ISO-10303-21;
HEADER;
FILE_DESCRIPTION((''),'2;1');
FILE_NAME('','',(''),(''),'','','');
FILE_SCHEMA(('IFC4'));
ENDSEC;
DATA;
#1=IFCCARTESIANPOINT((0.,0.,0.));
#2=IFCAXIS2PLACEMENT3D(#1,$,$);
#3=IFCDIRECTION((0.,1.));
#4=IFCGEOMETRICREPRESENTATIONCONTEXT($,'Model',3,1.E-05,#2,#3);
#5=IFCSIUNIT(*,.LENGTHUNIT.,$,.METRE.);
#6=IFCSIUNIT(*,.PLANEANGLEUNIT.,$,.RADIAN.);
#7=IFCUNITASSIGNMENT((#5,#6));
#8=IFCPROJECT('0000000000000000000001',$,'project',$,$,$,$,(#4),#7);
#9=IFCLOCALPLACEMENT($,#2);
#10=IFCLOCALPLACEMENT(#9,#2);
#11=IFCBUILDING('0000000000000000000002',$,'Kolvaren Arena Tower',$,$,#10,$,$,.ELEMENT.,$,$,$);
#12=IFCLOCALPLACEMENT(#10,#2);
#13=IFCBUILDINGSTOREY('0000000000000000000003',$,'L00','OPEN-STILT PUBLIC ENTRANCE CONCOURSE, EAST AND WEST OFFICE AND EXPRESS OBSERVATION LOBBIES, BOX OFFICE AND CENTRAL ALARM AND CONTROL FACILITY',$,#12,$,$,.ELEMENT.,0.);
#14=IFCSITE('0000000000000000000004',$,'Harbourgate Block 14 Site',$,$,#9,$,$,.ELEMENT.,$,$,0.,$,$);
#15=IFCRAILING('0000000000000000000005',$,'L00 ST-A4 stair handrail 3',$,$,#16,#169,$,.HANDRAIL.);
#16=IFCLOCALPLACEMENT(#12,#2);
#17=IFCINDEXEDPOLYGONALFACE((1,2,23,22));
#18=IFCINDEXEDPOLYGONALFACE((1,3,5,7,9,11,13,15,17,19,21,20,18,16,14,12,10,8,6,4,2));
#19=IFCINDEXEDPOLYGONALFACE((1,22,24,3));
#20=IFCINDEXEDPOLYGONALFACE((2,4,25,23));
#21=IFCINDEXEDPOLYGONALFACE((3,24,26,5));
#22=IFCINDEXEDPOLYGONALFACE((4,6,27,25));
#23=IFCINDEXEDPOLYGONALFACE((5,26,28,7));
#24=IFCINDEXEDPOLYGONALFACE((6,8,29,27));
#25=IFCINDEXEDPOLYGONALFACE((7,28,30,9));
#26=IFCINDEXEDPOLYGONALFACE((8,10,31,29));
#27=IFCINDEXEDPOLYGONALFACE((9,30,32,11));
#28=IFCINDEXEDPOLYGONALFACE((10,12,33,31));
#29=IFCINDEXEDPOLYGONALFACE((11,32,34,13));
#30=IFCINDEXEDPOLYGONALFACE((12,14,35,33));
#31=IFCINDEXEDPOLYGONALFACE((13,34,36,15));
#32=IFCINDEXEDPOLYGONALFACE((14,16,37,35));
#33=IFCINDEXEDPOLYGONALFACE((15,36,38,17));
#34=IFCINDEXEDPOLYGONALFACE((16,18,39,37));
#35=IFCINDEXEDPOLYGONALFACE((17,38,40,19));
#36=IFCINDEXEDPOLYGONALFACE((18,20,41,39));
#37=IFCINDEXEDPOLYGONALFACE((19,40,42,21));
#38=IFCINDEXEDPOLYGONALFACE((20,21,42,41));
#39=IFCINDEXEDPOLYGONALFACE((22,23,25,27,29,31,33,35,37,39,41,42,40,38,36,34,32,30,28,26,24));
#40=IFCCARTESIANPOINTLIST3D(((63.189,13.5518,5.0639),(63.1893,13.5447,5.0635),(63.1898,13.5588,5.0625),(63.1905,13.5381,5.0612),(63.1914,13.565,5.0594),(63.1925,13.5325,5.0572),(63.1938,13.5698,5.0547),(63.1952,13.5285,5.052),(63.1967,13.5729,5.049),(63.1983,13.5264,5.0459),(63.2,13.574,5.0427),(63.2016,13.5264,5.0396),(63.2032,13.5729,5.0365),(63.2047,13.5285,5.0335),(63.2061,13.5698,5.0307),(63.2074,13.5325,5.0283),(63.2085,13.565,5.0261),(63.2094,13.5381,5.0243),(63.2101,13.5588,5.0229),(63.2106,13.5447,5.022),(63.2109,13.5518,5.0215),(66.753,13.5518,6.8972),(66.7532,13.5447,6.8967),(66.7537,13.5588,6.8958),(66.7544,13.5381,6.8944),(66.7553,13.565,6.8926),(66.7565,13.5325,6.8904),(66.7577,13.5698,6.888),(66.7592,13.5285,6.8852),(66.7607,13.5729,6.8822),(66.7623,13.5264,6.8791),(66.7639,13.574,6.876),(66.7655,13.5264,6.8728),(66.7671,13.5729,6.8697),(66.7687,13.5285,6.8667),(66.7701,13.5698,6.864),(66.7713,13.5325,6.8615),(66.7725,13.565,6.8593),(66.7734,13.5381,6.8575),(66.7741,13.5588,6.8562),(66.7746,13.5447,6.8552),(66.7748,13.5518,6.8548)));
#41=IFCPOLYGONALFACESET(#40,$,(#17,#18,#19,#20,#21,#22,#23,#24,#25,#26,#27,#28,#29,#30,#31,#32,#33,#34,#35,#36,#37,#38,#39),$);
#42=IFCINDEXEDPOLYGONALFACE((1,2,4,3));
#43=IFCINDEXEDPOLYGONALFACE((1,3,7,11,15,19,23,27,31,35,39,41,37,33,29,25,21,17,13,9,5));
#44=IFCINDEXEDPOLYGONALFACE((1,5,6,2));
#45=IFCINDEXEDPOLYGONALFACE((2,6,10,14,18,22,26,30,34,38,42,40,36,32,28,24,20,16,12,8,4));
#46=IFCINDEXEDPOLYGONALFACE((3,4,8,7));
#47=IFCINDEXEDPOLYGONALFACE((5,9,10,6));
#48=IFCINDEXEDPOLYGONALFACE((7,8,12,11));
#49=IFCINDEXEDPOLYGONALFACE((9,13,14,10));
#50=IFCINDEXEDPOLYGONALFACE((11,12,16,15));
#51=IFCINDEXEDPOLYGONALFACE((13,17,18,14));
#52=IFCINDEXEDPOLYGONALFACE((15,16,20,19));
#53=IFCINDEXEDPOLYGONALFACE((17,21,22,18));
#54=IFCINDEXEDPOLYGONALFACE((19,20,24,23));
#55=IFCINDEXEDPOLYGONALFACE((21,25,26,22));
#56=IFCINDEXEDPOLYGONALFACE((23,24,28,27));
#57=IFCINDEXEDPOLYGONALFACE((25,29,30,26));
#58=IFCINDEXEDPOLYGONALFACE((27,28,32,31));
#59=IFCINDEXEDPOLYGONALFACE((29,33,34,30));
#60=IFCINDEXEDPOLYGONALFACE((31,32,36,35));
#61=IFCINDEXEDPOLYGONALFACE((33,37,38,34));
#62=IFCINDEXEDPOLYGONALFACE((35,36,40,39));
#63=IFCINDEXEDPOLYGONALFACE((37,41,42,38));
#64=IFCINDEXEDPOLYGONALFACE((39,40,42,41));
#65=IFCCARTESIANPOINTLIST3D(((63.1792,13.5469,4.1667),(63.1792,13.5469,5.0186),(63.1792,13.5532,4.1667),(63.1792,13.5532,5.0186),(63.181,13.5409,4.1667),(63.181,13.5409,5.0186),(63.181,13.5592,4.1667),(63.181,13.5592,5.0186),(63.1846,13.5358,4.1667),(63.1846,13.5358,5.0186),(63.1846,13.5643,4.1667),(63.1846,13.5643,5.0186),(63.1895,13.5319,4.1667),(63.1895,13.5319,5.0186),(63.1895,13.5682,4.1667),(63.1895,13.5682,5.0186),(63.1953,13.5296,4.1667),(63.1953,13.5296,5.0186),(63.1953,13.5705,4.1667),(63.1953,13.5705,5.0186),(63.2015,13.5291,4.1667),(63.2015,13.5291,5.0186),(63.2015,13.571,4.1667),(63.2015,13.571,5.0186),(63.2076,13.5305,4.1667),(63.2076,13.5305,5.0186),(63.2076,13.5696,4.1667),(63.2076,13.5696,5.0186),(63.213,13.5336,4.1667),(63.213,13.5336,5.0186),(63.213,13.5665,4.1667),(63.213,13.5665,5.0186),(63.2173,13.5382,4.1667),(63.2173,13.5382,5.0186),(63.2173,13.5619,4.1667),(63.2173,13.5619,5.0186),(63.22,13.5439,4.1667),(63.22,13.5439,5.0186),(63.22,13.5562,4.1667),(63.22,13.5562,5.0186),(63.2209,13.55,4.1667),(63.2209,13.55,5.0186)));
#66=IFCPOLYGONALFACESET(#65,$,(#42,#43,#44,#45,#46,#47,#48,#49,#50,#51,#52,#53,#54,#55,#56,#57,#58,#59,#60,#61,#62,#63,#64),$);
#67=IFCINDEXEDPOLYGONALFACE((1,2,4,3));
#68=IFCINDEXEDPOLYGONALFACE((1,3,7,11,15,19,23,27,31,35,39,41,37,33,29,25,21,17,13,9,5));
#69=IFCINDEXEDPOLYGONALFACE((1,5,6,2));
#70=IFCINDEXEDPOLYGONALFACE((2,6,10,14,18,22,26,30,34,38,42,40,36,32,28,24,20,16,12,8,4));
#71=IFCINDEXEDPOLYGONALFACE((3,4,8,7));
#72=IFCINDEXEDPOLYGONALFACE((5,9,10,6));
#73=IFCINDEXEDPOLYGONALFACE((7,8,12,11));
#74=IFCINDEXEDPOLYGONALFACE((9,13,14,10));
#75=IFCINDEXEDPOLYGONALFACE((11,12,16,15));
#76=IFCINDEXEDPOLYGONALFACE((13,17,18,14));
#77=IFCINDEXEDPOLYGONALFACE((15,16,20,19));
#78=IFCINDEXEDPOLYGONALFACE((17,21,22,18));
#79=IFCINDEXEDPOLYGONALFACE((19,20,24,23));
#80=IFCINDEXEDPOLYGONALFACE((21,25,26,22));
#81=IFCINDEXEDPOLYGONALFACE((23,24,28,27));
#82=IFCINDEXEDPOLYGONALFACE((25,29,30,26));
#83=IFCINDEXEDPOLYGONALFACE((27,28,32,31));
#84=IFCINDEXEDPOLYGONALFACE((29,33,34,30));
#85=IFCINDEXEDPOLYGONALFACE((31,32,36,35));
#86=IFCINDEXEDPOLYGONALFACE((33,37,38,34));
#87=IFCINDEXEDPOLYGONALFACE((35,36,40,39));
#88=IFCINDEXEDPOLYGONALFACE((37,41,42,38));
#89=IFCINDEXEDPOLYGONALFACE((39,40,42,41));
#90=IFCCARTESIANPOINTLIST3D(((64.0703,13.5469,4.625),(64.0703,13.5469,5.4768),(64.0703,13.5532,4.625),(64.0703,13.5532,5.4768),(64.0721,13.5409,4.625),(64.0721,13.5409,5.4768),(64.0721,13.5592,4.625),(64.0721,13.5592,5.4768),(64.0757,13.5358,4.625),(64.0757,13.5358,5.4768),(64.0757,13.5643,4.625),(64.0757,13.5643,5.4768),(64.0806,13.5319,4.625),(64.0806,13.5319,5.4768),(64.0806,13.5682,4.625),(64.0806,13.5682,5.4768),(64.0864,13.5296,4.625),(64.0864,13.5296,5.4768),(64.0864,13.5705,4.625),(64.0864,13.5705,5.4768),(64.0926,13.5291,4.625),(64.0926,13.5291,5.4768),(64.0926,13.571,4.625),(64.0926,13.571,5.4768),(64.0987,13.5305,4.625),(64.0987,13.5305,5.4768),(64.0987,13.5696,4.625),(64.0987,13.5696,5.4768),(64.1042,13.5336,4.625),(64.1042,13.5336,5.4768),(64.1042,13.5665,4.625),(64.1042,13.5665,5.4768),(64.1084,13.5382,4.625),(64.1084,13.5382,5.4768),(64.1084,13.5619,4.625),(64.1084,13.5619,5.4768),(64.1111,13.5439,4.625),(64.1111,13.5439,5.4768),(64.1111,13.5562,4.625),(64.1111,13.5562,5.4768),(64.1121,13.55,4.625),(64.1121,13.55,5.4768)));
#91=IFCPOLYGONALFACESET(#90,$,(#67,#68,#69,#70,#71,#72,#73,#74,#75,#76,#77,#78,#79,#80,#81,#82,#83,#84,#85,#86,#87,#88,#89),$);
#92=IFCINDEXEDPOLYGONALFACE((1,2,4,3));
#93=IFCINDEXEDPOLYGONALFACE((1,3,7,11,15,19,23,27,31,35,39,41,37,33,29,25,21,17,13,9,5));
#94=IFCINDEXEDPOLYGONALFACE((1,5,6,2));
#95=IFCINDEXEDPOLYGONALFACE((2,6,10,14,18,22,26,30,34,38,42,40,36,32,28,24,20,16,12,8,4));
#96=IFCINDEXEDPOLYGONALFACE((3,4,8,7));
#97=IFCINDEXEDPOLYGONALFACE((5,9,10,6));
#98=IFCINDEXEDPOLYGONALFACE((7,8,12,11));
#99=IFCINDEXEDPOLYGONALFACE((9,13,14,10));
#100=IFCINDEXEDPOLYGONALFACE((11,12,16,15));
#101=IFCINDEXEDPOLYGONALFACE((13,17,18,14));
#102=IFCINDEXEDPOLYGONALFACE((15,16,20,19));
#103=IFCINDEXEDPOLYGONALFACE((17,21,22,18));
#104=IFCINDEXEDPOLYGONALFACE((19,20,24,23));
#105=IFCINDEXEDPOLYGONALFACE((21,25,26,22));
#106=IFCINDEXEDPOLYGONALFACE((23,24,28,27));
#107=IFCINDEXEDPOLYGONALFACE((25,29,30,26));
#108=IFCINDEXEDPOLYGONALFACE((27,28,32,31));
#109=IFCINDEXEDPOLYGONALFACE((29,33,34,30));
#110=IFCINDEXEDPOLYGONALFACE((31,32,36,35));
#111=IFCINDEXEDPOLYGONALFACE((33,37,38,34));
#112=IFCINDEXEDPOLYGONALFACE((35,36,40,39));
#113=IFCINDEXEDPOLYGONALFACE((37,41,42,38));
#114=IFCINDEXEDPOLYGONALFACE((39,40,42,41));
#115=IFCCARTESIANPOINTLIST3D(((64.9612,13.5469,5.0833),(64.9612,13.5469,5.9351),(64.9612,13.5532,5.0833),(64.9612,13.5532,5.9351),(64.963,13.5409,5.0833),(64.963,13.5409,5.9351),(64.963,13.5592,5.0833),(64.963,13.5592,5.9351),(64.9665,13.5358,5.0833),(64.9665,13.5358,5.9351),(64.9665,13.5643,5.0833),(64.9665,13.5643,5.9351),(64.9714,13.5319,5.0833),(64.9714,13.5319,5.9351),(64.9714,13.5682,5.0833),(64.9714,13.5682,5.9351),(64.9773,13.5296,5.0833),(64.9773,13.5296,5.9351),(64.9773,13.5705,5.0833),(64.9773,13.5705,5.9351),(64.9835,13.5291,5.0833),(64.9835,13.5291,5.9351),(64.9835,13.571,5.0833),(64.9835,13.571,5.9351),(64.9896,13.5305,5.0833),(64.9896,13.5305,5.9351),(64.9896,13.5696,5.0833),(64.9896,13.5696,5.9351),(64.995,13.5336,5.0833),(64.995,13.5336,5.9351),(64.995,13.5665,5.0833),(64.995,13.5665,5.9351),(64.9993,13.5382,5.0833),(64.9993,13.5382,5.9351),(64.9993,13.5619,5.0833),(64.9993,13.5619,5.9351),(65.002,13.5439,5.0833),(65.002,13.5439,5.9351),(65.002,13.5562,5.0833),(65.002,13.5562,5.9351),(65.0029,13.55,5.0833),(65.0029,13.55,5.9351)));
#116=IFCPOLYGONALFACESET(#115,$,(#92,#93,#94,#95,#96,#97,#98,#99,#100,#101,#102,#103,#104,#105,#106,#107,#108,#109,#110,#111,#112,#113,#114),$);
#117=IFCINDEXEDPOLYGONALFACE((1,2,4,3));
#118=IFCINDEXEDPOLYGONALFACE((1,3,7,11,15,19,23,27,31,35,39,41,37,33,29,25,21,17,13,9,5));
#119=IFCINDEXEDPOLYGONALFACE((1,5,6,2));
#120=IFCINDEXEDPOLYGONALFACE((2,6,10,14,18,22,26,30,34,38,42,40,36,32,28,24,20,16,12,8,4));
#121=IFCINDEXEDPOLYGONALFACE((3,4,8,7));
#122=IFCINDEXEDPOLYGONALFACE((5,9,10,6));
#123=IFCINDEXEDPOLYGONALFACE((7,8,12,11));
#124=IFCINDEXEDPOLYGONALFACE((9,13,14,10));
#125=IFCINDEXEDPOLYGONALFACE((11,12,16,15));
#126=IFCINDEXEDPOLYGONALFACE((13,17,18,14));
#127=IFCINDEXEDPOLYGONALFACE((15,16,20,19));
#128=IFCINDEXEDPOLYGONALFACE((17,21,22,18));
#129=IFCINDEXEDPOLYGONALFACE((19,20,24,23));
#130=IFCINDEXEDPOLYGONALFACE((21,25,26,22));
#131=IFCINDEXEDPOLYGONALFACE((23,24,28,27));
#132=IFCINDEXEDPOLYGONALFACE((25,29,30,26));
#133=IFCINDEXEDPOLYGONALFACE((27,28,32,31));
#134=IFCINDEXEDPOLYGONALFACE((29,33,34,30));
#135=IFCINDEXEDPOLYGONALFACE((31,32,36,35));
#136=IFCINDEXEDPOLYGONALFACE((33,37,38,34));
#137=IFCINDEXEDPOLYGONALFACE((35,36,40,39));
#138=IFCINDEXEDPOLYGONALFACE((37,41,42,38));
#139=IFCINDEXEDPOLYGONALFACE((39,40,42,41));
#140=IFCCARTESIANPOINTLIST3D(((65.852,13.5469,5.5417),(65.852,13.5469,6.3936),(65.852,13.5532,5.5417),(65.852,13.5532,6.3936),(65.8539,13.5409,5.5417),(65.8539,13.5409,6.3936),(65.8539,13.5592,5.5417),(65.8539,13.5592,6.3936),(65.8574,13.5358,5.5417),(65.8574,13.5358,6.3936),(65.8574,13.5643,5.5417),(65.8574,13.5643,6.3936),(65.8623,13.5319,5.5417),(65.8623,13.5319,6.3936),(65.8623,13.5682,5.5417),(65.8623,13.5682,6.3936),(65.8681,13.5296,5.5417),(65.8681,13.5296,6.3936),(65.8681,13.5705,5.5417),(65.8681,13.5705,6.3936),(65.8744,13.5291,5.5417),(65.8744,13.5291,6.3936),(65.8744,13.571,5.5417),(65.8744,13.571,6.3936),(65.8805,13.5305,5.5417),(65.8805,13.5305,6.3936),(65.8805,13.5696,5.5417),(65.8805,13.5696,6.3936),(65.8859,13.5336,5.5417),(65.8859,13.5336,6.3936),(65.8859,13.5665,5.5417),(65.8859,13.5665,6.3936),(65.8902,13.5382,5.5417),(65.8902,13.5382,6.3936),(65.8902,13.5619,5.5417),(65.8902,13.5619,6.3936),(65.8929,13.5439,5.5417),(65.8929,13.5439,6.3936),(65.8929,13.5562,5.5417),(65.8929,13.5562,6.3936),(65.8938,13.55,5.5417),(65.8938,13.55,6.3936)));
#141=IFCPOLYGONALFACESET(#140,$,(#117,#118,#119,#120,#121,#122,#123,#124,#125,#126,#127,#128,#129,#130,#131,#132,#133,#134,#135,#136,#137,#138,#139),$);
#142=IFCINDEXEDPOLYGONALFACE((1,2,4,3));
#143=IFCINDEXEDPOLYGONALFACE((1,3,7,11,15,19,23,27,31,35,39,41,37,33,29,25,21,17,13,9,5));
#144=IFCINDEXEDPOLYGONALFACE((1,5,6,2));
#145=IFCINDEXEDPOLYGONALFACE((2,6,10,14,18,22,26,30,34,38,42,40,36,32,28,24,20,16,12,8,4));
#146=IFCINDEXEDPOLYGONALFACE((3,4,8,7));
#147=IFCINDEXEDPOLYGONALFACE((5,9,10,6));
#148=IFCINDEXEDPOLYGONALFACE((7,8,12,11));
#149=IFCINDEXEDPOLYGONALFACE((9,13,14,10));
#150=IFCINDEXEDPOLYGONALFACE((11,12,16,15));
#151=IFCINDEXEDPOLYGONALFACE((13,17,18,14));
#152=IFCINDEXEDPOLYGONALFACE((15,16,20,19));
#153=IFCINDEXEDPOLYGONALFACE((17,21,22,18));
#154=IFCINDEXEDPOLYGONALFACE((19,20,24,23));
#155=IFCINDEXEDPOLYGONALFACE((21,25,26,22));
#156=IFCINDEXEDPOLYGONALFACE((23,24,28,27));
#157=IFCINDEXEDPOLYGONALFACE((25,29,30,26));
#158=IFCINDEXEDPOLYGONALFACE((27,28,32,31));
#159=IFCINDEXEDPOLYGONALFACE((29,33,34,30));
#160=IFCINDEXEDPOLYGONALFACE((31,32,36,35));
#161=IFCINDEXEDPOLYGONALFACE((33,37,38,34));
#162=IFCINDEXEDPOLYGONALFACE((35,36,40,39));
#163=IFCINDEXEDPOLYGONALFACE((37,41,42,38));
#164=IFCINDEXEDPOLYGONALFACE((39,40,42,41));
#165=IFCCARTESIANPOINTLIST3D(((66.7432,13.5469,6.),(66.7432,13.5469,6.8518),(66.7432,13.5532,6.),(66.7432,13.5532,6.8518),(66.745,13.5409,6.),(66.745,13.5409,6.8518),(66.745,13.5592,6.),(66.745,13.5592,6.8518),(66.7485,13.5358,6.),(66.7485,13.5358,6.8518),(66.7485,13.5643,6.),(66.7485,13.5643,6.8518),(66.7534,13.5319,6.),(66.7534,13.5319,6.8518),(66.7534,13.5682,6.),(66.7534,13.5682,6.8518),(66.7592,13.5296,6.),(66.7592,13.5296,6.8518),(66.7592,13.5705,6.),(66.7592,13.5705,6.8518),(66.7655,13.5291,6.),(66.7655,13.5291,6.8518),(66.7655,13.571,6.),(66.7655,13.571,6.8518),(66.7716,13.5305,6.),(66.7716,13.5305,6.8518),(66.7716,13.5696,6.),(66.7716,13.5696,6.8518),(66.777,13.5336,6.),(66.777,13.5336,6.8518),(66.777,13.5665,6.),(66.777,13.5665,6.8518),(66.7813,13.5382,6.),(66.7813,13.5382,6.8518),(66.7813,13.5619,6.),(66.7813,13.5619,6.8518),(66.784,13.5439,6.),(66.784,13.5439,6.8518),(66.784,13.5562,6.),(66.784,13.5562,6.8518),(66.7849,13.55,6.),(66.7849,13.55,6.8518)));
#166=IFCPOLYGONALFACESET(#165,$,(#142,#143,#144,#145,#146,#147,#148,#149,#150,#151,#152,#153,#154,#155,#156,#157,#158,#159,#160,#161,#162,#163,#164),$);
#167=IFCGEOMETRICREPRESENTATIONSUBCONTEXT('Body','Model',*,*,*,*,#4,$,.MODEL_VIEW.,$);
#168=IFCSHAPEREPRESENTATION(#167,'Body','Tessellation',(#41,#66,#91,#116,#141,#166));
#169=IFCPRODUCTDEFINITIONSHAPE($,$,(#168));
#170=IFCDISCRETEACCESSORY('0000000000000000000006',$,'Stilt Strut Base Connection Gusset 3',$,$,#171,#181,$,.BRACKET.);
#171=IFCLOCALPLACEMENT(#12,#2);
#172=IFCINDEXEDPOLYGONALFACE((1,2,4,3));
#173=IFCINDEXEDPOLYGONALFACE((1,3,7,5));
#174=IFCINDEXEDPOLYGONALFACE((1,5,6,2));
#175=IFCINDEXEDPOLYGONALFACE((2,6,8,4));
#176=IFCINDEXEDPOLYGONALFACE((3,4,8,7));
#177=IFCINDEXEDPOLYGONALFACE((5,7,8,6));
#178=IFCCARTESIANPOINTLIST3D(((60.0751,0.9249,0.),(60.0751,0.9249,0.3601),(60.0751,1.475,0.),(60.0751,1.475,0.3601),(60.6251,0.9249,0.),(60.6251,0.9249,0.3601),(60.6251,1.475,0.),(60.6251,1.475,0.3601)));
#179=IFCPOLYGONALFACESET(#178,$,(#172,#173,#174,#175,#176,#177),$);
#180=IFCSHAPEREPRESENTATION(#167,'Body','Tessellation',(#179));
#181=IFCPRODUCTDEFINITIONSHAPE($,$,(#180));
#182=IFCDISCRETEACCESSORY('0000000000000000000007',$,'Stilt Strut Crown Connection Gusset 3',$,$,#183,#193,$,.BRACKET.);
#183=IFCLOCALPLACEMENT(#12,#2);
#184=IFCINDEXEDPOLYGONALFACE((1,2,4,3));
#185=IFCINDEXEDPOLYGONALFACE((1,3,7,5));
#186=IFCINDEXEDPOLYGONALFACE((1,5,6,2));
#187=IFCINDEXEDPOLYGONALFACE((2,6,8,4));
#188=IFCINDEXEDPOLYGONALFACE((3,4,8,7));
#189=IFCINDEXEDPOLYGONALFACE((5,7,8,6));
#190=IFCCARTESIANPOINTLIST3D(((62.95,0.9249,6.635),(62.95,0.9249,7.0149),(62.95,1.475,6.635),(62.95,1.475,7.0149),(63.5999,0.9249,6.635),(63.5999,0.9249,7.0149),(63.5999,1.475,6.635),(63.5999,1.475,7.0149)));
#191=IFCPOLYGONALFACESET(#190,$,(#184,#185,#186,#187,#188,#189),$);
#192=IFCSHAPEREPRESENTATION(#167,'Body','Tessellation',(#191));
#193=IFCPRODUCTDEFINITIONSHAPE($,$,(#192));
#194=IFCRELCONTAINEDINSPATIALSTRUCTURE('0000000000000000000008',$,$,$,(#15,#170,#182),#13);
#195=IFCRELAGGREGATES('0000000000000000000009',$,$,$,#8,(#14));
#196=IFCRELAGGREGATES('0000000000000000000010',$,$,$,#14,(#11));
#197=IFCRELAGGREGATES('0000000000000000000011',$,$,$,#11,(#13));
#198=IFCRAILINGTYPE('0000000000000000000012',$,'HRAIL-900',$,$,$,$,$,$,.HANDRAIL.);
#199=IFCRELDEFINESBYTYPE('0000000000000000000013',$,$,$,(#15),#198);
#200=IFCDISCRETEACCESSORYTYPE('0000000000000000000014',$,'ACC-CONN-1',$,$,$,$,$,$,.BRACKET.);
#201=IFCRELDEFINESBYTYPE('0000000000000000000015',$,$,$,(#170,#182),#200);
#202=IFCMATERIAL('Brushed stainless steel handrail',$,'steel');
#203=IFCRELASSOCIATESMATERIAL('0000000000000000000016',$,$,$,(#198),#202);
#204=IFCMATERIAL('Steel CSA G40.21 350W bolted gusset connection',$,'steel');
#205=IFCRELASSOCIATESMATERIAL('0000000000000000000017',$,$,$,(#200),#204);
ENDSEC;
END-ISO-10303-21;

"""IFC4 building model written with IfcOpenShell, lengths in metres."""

from ifc_helpers import new_model, si_unit, direction, frame, origin, origin_2d, place, context, subcontext, project, spatial, rectangle, circle, extrude, material, type_object, element, save


model = new_model("IFC4")

# Units and contexts
model_context = context("Model", 3, precision=1e-05, world=origin(), true_north=direction((0.0, 1.0)))
body_context = subcontext(model_context, "Body", "Model", "MODEL_VIEW")
ifc_project = project(units=[si_unit("LENGTHUNIT", "METRE"), si_unit("PLANEANGLEUNIT", "RADIAN")], contexts=[model_context])

# Site, building, storey
site_placement = place(None, origin())
site = spatial("IfcSite", under=ifc_project, at=site_placement, Name="Harbourgate Block 14 Site", CompositionType="ELEMENT", RefElevation=0.0)
building_placement = place(site_placement, origin())
building = spatial("IfcBuilding", under=site, at=building_placement, Name="Kolvaren Arena Tower", CompositionType="ELEMENT")
storey_placement = place(building_placement, origin())
storey = spatial("IfcBuildingStorey", under=building, at=storey_placement, Name="L00", Description="OPEN-STILT PUBLIC ENTRANCE CONCOURSE, EAST AND WEST OFFICE AND EXPRESS OBSERVATION LOBBIES, BOX OFFICE AND CENTRAL ALARM AND CONTROL FACILITY", CompositionType="ELEMENT", Elevation=0.0)

# Railing
ifc_material_1 = material(Name="Brushed stainless steel handrail", Category="steel")
railing_type = type_object("IfcRailingType", Name="HRAIL-900", PredefinedType="HANDRAIL", material=ifc_material_1)
for number, where, name in (
    (1, (63.2, 13.55, 4.1667), "L00 ST-A4 stair handrail 3"),
):
    element("IfcRailing", number, at=place(storey_placement, frame(where)), inside=storey, type_object=railing_type, Name=name, PredefinedType="HANDRAIL", context=body_context, shape_type="SweptSolid", body=[
        extrude(circle(Radius=0.0239, at=origin_2d()), frame((0.0, 0.0, 0.876), z_axis=(0.889252, 0.0, 0.457418), x_axis=(0.0, 1.0, 0.0)), (0.0, 0.0, 1.0), 4.0078),
        extrude(circle(Radius=0.021, at=origin_2d()), origin(), (0.0, 0.0, 1.0), 0.8518),
        extrude(circle(Radius=0.021, at=origin_2d()), frame((0.8911, 0.0, 0.4583)), (0.0, 0.0, 1.0), 0.8518),
        extrude(circle(Radius=0.021, at=origin_2d()), frame((1.782, 0.0, 0.9165)), (0.0, 0.0, 1.0), 0.8518),
        extrude(circle(Radius=0.021, at=origin_2d()), frame((2.6729, 0.0, 1.375)), (0.0, 0.0, 1.0), 0.8518),
        extrude(circle(Radius=0.021, at=origin_2d()), frame((3.564, 0.0, 1.8333)), (0.0, 0.0, 1.0), 0.8518),
    ])

# Discrete accessories
ifc_material_2 = material(Name="Steel CSA G40.21 350W bolted gusset connection", Category="steel")
discrete_accessory_type = type_object("IfcDiscreteAccessoryType", Name="ACC-CONN-1", PredefinedType="BRACKET", material=ifc_material_2)
discrete_accessory_1_placement = place(storey_placement, frame((60.3501, 1.2, 0.0), z_axis=(0.0, 0.0, 1.0), x_axis=(1.0, 0.0, 0.0)))
element("IfcDiscreteAccessory", 2, at=discrete_accessory_1_placement, inside=storey, type_object=discrete_accessory_type, Name="Stilt Strut Base Connection Gusset 3", PredefinedType="BRACKET", context=body_context, shape_type="SweptSolid", body=[
    extrude(rectangle(XDim=0.55, YDim=0.55, at=origin_2d()), origin(), (0.0, 0.0, 1.0), 0.3601),
])
discrete_accessory_2_placement = place(storey_placement, frame((63.2749, 1.2, 6.635), z_axis=(0.0, 0.0, 1.0), x_axis=(1.0, 0.0, 0.0)))
element("IfcDiscreteAccessory", 3, at=discrete_accessory_2_placement, inside=storey, type_object=discrete_accessory_type, Name="Stilt Strut Crown Connection Gusset 3", PredefinedType="BRACKET", context=body_context, shape_type="SweptSolid", body=[
    extrude(rectangle(XDim=0.6499, YDim=0.55, at=origin_2d()), origin(), (0.0, 0.0, 1.0), 0.3799),
])

save(model, "model.ifc")
